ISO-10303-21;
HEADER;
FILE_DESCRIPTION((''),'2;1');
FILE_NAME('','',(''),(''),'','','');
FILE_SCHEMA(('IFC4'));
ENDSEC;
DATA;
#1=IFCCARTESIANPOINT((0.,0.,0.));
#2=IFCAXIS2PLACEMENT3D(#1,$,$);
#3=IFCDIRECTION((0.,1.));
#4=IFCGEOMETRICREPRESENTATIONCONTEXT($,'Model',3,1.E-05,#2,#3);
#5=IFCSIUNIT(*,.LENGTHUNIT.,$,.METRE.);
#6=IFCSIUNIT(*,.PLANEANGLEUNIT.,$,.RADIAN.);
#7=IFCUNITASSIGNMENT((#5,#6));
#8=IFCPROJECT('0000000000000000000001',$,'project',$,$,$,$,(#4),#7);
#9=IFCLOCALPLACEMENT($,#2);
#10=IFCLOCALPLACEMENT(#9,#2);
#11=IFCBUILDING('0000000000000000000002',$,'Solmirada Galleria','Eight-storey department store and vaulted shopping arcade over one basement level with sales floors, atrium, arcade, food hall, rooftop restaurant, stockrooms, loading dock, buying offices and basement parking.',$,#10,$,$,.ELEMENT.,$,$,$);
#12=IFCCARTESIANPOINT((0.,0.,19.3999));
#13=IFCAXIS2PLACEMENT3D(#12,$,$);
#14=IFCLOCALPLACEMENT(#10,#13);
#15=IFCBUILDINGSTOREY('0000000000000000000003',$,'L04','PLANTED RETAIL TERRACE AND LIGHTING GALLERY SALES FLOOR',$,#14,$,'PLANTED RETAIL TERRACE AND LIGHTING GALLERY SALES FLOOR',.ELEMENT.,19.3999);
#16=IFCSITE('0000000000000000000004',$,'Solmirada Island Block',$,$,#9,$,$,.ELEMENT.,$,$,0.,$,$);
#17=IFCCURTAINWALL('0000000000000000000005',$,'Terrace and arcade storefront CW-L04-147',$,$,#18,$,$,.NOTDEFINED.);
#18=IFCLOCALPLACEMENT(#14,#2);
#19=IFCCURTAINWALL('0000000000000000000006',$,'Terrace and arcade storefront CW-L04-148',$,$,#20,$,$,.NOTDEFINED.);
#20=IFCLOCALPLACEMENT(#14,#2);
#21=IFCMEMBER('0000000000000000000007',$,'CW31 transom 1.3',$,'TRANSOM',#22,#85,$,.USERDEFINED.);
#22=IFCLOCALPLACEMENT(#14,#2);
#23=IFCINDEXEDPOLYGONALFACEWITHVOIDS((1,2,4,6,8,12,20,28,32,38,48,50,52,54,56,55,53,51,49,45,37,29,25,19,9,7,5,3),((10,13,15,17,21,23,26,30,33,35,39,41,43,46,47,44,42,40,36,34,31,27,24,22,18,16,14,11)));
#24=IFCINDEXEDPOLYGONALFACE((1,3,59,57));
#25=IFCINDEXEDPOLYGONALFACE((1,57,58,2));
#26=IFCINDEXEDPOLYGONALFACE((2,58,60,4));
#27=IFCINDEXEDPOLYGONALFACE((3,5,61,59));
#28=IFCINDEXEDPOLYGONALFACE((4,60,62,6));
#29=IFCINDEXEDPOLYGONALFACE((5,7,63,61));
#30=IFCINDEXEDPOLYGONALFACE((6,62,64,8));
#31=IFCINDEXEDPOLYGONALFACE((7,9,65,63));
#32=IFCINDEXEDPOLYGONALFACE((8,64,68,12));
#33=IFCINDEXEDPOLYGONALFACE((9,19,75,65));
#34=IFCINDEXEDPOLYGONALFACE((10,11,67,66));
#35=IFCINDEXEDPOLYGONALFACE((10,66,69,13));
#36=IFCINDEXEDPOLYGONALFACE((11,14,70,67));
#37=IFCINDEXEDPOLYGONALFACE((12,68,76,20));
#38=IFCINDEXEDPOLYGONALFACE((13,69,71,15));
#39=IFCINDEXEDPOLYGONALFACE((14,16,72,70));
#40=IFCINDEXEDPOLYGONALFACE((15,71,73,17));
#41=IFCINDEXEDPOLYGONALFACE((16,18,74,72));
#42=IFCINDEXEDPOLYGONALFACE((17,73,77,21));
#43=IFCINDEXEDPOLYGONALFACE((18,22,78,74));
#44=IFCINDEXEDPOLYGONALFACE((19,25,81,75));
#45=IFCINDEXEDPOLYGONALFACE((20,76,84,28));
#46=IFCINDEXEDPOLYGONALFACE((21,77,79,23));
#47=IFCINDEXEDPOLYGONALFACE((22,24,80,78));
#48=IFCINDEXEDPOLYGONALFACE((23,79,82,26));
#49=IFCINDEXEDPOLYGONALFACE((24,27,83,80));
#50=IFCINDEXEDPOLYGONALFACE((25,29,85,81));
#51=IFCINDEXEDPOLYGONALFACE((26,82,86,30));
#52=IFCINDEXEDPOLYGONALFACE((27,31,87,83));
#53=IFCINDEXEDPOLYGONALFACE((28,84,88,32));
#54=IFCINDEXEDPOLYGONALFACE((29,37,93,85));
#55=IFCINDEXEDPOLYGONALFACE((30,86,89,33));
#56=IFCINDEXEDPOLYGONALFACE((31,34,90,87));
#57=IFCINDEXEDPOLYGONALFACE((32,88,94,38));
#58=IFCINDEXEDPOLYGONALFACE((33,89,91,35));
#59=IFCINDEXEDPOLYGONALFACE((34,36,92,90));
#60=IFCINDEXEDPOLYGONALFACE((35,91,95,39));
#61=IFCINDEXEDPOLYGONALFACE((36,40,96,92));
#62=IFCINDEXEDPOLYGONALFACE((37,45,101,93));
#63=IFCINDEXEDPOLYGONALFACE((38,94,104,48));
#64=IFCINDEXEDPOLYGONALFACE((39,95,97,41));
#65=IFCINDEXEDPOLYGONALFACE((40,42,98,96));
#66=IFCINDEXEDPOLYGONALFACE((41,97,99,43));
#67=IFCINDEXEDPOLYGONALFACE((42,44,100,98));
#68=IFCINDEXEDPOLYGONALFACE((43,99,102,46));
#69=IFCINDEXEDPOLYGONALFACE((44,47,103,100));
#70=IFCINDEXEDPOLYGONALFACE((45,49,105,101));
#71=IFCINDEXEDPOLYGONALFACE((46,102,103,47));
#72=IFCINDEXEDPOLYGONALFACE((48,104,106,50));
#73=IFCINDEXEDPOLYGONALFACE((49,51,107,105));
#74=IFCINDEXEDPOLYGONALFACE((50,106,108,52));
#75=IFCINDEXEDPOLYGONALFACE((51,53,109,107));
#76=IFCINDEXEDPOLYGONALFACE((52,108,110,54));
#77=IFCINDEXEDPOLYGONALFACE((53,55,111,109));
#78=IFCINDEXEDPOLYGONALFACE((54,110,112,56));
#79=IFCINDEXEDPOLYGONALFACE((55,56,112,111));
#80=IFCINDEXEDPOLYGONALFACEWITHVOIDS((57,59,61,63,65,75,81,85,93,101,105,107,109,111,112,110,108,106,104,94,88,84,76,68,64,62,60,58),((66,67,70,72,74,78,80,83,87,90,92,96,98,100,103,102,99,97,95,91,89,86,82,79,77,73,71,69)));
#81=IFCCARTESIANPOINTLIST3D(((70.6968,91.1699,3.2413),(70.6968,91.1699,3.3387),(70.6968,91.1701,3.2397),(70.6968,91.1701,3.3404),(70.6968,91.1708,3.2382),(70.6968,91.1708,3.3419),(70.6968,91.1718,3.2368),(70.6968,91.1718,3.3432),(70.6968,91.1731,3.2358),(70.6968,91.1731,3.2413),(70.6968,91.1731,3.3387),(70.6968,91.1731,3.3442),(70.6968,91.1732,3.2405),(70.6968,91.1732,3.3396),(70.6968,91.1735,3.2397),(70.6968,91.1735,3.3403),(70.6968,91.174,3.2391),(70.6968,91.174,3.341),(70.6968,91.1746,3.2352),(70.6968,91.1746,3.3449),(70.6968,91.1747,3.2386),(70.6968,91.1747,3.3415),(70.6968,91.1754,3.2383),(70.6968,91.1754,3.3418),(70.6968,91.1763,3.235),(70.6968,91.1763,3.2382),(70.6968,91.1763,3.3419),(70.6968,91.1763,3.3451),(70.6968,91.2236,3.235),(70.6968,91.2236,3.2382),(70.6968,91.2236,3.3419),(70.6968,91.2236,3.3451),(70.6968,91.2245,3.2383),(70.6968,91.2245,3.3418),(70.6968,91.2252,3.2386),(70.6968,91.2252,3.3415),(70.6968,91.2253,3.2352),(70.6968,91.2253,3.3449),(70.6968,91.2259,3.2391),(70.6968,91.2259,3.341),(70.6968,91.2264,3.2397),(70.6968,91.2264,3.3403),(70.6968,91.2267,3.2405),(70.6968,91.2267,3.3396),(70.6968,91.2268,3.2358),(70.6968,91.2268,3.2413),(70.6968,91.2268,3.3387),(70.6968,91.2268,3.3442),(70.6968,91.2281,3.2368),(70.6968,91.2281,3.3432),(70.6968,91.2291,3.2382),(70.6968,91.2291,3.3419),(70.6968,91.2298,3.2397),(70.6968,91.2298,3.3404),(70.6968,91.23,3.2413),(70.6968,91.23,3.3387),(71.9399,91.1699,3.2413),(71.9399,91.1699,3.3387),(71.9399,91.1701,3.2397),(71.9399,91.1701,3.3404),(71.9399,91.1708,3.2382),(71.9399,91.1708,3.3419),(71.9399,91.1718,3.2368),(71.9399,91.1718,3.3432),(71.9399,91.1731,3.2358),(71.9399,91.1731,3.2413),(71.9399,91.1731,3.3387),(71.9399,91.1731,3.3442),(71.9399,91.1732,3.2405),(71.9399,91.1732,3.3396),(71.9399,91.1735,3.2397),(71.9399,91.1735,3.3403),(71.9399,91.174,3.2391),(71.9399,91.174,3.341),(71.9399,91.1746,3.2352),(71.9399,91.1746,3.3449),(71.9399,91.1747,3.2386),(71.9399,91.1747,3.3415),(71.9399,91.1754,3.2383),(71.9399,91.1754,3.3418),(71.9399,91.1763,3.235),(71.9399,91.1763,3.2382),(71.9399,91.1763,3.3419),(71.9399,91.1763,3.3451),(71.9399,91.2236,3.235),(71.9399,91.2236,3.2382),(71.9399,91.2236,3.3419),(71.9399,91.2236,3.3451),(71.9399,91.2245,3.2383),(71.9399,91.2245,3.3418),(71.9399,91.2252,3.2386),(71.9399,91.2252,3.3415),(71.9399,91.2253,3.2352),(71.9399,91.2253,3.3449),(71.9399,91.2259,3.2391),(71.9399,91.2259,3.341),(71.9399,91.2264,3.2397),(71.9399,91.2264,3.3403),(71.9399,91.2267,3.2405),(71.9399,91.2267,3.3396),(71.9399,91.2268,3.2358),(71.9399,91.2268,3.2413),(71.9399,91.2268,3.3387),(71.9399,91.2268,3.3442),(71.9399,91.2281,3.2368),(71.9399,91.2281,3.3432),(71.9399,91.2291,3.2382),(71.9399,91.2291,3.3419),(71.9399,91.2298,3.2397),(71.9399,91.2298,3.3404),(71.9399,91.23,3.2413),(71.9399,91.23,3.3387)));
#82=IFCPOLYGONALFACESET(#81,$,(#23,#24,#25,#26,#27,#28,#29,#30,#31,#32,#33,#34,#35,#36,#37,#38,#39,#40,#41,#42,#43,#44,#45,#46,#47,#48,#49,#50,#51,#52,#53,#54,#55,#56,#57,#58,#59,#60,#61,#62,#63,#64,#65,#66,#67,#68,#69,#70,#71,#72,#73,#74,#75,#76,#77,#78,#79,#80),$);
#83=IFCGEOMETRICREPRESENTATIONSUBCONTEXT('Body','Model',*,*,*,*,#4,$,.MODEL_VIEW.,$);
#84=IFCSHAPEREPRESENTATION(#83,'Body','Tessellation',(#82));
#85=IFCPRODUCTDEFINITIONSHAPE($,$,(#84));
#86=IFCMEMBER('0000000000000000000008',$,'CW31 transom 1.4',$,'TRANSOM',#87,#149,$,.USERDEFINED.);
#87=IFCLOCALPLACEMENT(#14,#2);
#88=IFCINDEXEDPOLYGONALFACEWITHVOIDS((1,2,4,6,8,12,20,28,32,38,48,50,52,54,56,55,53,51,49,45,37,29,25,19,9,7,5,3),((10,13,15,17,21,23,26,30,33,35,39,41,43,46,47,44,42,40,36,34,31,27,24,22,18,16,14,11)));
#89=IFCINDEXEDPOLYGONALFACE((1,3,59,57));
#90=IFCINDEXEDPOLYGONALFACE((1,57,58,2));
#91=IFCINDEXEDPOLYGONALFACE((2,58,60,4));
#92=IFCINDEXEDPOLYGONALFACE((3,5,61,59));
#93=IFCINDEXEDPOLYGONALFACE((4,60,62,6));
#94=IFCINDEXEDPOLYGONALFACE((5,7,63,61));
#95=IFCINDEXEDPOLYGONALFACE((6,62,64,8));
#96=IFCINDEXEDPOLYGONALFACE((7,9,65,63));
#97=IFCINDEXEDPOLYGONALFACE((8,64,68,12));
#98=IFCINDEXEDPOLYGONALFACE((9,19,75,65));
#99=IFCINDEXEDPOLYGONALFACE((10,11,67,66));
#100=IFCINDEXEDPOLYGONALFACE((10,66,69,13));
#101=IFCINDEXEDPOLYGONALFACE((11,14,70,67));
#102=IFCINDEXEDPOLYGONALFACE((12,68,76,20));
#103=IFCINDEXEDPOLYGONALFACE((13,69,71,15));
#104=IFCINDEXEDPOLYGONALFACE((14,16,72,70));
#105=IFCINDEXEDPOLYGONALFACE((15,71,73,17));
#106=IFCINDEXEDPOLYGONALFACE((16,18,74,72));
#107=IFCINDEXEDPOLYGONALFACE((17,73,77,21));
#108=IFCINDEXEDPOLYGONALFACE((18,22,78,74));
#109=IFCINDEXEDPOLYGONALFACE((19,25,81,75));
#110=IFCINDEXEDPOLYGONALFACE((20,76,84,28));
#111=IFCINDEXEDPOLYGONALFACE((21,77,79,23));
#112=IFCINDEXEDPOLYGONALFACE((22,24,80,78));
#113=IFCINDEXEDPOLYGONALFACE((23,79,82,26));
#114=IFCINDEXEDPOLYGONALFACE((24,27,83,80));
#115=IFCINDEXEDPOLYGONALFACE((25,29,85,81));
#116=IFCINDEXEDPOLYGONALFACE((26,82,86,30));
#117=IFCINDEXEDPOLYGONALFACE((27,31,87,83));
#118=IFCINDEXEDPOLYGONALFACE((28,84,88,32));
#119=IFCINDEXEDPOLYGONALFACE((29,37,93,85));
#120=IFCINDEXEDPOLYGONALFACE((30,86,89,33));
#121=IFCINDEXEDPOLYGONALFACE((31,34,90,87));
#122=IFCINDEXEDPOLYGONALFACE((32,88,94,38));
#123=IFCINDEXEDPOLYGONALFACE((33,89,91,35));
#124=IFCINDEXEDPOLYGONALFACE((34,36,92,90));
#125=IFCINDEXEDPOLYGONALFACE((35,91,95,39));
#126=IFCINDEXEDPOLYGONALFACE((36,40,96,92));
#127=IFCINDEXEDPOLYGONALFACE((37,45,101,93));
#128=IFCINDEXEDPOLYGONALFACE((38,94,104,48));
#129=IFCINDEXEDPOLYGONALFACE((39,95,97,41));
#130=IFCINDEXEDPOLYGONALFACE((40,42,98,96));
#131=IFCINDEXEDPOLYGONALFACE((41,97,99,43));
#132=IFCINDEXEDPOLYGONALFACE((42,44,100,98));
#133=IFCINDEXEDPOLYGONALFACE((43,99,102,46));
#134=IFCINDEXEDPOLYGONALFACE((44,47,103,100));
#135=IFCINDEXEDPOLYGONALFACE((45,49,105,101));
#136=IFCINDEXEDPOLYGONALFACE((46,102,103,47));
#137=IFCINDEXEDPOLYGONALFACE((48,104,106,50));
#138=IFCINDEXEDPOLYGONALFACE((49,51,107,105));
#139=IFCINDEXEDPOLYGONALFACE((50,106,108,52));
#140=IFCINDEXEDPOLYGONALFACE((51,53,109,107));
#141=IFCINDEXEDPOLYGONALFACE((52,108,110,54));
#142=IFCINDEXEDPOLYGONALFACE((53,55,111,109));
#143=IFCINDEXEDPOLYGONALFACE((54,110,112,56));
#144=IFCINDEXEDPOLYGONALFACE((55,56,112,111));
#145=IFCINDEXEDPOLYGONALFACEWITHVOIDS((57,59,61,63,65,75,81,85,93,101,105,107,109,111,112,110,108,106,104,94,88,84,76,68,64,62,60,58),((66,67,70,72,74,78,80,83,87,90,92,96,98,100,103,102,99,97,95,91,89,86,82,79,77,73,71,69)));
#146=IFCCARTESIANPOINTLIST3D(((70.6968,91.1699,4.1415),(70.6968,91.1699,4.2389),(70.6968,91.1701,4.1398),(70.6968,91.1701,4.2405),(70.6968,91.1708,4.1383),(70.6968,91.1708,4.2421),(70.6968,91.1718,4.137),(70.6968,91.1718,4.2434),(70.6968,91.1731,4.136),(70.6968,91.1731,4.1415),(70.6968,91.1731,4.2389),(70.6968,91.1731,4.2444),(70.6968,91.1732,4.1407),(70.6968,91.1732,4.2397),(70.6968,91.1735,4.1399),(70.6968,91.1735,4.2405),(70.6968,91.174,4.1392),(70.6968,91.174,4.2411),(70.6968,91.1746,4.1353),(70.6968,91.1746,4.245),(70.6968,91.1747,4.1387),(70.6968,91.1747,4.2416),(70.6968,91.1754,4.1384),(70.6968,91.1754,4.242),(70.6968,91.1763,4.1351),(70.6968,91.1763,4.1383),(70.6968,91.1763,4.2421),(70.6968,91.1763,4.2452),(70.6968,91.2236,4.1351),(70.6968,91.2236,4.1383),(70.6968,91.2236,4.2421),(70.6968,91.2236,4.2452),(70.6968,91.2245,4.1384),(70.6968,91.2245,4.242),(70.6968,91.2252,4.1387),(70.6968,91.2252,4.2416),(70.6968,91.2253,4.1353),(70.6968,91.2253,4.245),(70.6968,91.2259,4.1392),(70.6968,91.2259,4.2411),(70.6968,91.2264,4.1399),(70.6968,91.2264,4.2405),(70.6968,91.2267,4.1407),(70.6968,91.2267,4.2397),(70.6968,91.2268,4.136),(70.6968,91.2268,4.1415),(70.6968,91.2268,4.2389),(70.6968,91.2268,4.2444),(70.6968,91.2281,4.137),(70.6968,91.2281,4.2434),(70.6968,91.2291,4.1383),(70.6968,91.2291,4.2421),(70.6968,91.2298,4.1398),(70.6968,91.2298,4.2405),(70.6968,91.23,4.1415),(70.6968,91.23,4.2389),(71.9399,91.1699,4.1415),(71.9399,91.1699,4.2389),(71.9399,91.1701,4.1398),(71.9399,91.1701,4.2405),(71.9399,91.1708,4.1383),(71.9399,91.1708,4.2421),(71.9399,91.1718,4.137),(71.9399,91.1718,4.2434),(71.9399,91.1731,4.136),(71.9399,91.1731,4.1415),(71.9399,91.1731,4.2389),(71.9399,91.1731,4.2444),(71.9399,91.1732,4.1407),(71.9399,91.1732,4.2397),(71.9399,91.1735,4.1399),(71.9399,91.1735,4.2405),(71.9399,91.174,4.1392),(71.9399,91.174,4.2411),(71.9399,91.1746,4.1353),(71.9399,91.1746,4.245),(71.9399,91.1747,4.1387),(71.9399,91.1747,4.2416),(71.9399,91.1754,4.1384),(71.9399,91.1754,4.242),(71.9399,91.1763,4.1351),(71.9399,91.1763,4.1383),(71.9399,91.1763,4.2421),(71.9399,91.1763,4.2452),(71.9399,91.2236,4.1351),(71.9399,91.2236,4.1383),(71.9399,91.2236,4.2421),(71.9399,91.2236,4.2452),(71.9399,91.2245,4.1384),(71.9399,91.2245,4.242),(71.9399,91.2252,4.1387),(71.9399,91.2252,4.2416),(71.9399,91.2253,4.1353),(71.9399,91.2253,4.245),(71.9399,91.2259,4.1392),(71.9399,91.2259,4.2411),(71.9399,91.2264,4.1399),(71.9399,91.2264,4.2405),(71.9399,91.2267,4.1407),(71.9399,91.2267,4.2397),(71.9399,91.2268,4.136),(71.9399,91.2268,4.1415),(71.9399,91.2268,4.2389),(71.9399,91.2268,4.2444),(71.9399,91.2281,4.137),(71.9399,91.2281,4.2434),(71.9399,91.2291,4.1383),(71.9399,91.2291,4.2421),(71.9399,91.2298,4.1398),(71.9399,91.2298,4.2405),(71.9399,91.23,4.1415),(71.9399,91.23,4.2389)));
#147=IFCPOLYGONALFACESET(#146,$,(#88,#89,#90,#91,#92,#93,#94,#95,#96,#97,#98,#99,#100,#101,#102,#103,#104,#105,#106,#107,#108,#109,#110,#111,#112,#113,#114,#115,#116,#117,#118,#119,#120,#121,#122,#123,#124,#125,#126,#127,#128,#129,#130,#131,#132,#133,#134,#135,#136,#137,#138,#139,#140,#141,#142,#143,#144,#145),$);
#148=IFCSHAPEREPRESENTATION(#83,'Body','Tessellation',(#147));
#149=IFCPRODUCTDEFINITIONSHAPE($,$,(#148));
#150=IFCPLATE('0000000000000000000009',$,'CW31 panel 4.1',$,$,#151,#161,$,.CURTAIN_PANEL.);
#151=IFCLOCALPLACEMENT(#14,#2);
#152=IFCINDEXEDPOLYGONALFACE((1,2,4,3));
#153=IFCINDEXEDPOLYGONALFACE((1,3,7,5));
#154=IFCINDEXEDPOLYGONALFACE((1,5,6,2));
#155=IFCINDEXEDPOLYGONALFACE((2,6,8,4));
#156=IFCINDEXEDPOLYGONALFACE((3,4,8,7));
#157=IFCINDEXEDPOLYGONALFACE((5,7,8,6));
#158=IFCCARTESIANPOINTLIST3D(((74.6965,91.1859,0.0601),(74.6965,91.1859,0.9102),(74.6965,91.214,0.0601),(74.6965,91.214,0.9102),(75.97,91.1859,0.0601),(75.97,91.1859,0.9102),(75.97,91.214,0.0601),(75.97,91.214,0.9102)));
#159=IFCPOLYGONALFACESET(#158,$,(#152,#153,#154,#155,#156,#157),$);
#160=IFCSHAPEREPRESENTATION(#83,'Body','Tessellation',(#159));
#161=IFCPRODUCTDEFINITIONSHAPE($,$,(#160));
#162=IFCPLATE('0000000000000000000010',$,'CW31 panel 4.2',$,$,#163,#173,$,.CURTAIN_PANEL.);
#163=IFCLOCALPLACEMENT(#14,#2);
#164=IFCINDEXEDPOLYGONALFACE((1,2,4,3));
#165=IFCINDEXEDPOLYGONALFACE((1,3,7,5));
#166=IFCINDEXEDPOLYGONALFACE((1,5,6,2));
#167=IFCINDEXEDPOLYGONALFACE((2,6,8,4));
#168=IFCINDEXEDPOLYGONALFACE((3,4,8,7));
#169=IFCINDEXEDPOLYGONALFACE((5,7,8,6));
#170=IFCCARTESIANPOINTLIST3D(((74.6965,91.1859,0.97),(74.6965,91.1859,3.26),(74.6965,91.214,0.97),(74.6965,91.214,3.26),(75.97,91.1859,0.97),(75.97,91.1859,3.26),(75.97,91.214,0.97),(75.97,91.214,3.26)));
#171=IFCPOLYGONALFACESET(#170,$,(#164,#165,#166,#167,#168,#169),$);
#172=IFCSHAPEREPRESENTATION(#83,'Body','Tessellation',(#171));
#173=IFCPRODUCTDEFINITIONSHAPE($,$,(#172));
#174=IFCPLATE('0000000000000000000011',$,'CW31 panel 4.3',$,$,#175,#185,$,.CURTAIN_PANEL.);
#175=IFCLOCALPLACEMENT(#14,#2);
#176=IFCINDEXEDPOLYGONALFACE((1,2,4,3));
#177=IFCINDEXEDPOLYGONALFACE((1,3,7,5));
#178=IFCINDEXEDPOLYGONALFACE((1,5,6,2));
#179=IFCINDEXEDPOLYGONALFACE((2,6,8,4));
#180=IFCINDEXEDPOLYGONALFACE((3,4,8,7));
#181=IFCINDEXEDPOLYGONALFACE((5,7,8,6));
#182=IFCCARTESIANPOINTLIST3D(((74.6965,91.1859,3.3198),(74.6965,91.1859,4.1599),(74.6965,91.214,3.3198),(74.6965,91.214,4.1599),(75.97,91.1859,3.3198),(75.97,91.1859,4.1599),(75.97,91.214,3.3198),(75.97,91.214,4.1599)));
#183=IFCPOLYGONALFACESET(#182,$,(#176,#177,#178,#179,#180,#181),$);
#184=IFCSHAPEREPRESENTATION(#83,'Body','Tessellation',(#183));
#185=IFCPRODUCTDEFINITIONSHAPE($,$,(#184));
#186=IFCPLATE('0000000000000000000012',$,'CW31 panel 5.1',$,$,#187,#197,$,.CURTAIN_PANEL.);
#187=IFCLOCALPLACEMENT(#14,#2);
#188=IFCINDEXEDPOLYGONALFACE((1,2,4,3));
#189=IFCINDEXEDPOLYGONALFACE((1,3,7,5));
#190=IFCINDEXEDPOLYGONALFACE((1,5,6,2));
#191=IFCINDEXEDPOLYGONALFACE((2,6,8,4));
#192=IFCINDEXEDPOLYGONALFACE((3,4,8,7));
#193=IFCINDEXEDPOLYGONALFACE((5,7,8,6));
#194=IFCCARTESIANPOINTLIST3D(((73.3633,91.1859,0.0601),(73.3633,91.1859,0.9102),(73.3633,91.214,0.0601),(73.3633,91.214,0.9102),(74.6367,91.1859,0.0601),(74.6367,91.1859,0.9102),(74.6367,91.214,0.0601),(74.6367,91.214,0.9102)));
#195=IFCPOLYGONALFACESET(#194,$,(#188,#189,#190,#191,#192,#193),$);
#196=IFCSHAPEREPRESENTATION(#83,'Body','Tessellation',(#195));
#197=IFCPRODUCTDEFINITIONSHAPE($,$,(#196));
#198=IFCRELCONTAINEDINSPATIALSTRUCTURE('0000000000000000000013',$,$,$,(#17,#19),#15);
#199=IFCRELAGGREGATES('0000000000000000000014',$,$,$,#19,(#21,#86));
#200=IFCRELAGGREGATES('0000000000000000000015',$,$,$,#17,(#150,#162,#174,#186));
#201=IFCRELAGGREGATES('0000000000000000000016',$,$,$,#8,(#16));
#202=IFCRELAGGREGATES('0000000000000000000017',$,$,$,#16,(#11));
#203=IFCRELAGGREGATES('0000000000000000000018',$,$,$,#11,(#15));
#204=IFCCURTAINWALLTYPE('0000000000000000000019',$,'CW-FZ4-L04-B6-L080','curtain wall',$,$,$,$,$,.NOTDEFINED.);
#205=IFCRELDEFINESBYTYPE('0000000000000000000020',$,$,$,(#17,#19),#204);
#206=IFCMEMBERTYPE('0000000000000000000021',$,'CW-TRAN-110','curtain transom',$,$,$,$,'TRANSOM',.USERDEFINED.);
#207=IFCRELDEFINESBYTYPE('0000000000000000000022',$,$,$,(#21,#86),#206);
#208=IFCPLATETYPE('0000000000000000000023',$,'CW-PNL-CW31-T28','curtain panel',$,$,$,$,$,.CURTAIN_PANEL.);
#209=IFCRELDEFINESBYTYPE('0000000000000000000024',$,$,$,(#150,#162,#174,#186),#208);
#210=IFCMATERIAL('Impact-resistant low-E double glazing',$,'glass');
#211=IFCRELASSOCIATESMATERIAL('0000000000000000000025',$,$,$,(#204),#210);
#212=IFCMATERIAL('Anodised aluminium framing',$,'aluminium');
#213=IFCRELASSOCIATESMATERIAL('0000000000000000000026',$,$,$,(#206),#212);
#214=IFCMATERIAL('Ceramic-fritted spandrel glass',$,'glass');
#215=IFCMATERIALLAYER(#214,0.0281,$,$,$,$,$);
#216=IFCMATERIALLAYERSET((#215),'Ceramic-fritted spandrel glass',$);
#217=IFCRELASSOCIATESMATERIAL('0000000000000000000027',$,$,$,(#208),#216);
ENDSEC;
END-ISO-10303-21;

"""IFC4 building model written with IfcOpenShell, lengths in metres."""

from ifc_helpers import new_model, si_unit, direction, frame, origin, origin_2d, place, context, subcontext, project, spatial, rectangle, hollow_rectangle, extrude, material, layer, layer_set, material_profile, profile_set, type_object, element, aggregate, save


model = new_model("IFC4")

# Units and contexts
model_context = context("Model", 3, precision=1e-05, world=origin(), true_north=direction((0.0, 1.0)))
body_context = subcontext(model_context, "Body", "Model", "MODEL_VIEW")
ifc_project = project(units=[si_unit("LENGTHUNIT", "METRE"), si_unit("PLANEANGLEUNIT", "RADIAN")], contexts=[model_context])

# Site, building, storey
site_placement = place(None, origin())
site = spatial("IfcSite", under=ifc_project, at=site_placement, Name="Solmirada Island Block", CompositionType="ELEMENT", RefElevation=0.0)
building_placement = place(site_placement, origin())
building = spatial("IfcBuilding", under=site, at=building_placement, Name="Solmirada Galleria", Description="Eight-storey department store and vaulted shopping arcade over one basement level with sales floors, atrium, arcade, food hall, rooftop restaurant, stockrooms, loading dock, buying offices and basement parking.", CompositionType="ELEMENT")
storey_placement = place(building_placement, frame((0.0, 0.0, 19.3999)))
storey = spatial("IfcBuildingStorey", under=building, at=storey_placement, Name="L04", Description="PLANTED RETAIL TERRACE AND LIGHTING GALLERY SALES FLOOR", LongName="PLANTED RETAIL TERRACE AND LIGHTING GALLERY SALES FLOOR", CompositionType="ELEMENT", Elevation=19.3999)

# Curtain wall
ifc_material_1 = material(Name="Impact-resistant low-E double glazing", Category="glass")
curtain_wall_type = type_object("IfcCurtainWallType", Name="CW-FZ4-L04-B6-L080", Description="curtain wall", PredefinedType="NOTDEFINED", material=ifc_material_1)
curtain_wall_1_placement = place(storey_placement, origin())
curtain_wall_1 = element("IfcCurtainWall", 1, at=curtain_wall_1_placement, inside=storey, type_object=curtain_wall_type, Name="Terrace and arcade storefront CW-L04-147", PredefinedType="NOTDEFINED")
ifc_material_2 = material(Name="Anodised aluminium framing", Category="aluminium")

# Curtain wall
curtain_wall_2_placement = place(storey_placement, origin())
curtain_wall_2 = element("IfcCurtainWall", 2, at=curtain_wall_2_placement, inside=storey, type_object=curtain_wall_type, Name="Terrace and arcade storefront CW-L04-148", PredefinedType="NOTDEFINED")

# Members
ifc_material_profile_1 = material_profile(ifc_material_2, hollow_rectangle(XDim=0.0601, YDim=0.1101, WallThickness=0.0032, InnerFilletRadius=0.0032, OuterFilletRadius=0.0063, at=origin_2d()), Name="ALU-TRAN-110X60")
ifc_profile_set_1 = profile_set([ifc_material_profile_1], Name="Anodised aluminium framing")
member_type_1 = type_object("IfcMemberType", Name="CW-TRAN-110", Description="curtain transom", ElementType="TRANSOM", PredefinedType="USERDEFINED", material=ifc_profile_set_1)
member_1_placement = place(storey_placement, frame((71.9399, 91.2, 3.29), z_axis=(-1.0, 0.0, 0.0), x_axis=(0.0, -1.0, 0.0)))
member_1 = element("IfcMember", 3, at=member_1_placement, type_object=member_type_1, Name="CW31 transom 1.3", ObjectType="TRANSOM", PredefinedType="USERDEFINED", context=body_context, shape_type="SweptSolid", body=[
    extrude(hollow_rectangle(XDim=0.0601, YDim=0.1101, WallThickness=0.0032, InnerFilletRadius=0.0032, OuterFilletRadius=0.0063, at=origin_2d()), origin(), (0.0, 0.0, 1.0), 1.2432),
])
member_2_placement = place(storey_placement, frame((71.9399, 91.2, 4.1902), z_axis=(-1.0, 0.0, 0.0), x_axis=(0.0, -1.0, 0.0)))
member_2 = element("IfcMember", 4, at=member_2_placement, type_object=member_type_1, Name="CW31 transom 1.4", ObjectType="TRANSOM", PredefinedType="USERDEFINED", context=body_context, shape_type="SweptSolid", body=[
    extrude(hollow_rectangle(XDim=0.0601, YDim=0.1101, WallThickness=0.0032, InnerFilletRadius=0.0032, OuterFilletRadius=0.0063, at=origin_2d()), origin(), (0.0, 0.0, 1.0), 1.2432),
])
aggregate(curtain_wall_2, [member_1, member_2])

# Plates
ifc_material_3 = material(Name="Ceramic-fritted spandrel glass", Category="glass")
ifc_layer = layer(ifc_material_3, 0.0281)
ifc_layer_set = layer_set([ifc_layer], Name="Ceramic-fritted spandrel glass")
plate_type = type_object("IfcPlateType", Name="CW-PNL-CW31-T28", Description="curtain panel", PredefinedType="CURTAIN_PANEL", material=ifc_layer_set)
plate_1_placement = place(storey_placement, frame((75.3333, 91.2, 0.0601), z_axis=(0.0, 0.0, 1.0), x_axis=(-1.0, 0.0, 0.0)))
plate_1 = element("IfcPlate", 5, at=plate_1_placement, type_object=plate_type, Name="CW31 panel 4.1", PredefinedType="CURTAIN_PANEL", context=body_context, shape_type="SweptSolid", body=[
    extrude(rectangle(XDim=1.2734, YDim=0.0281, at=origin_2d()), origin(), (0.0, 0.0, 1.0), 0.8501),
])
plate_2_placement = place(storey_placement, frame((75.3333, 91.2, 0.97), z_axis=(0.0, 0.0, 1.0), x_axis=(-1.0, 0.0, 0.0)))
plate_2 = element("IfcPlate", 6, at=plate_2_placement, type_object=plate_type, Name="CW31 panel 4.2", PredefinedType="CURTAIN_PANEL", context=body_context, shape_type="SweptSolid", body=[
    extrude(rectangle(XDim=1.2734, YDim=0.0281, at=origin_2d()), origin(), (0.0, 0.0, 1.0), 2.29),
])
plate_3_placement = place(storey_placement, frame((75.3333, 91.2, 3.3198), z_axis=(0.0, 0.0, 1.0), x_axis=(-1.0, 0.0, 0.0)))
plate_3 = element("IfcPlate", 7, at=plate_3_placement, type_object=plate_type, Name="CW31 panel 4.3", PredefinedType="CURTAIN_PANEL", context=body_context, shape_type="SweptSolid", body=[
    extrude(rectangle(XDim=1.2734, YDim=0.0281, at=origin_2d()), origin(), (0.0, 0.0, 1.0), 0.8401),
])
plate_4_placement = place(storey_placement, frame((74.0, 91.2, 0.0601), z_axis=(0.0, 0.0, 1.0), x_axis=(-1.0, 0.0, 0.0)))
plate_4 = element("IfcPlate", 8, at=plate_4_placement, type_object=plate_type, Name="CW31 panel 5.1", PredefinedType="CURTAIN_PANEL", context=body_context, shape_type="SweptSolid", body=[
    extrude(rectangle(XDim=1.2734, YDim=0.0281, at=origin_2d()), origin(), (0.0, 0.0, 1.0), 0.8501),
])
aggregate(curtain_wall_1, [plate_1, plate_2, plate_3, plate_4])

save(model, "model.ifc")
